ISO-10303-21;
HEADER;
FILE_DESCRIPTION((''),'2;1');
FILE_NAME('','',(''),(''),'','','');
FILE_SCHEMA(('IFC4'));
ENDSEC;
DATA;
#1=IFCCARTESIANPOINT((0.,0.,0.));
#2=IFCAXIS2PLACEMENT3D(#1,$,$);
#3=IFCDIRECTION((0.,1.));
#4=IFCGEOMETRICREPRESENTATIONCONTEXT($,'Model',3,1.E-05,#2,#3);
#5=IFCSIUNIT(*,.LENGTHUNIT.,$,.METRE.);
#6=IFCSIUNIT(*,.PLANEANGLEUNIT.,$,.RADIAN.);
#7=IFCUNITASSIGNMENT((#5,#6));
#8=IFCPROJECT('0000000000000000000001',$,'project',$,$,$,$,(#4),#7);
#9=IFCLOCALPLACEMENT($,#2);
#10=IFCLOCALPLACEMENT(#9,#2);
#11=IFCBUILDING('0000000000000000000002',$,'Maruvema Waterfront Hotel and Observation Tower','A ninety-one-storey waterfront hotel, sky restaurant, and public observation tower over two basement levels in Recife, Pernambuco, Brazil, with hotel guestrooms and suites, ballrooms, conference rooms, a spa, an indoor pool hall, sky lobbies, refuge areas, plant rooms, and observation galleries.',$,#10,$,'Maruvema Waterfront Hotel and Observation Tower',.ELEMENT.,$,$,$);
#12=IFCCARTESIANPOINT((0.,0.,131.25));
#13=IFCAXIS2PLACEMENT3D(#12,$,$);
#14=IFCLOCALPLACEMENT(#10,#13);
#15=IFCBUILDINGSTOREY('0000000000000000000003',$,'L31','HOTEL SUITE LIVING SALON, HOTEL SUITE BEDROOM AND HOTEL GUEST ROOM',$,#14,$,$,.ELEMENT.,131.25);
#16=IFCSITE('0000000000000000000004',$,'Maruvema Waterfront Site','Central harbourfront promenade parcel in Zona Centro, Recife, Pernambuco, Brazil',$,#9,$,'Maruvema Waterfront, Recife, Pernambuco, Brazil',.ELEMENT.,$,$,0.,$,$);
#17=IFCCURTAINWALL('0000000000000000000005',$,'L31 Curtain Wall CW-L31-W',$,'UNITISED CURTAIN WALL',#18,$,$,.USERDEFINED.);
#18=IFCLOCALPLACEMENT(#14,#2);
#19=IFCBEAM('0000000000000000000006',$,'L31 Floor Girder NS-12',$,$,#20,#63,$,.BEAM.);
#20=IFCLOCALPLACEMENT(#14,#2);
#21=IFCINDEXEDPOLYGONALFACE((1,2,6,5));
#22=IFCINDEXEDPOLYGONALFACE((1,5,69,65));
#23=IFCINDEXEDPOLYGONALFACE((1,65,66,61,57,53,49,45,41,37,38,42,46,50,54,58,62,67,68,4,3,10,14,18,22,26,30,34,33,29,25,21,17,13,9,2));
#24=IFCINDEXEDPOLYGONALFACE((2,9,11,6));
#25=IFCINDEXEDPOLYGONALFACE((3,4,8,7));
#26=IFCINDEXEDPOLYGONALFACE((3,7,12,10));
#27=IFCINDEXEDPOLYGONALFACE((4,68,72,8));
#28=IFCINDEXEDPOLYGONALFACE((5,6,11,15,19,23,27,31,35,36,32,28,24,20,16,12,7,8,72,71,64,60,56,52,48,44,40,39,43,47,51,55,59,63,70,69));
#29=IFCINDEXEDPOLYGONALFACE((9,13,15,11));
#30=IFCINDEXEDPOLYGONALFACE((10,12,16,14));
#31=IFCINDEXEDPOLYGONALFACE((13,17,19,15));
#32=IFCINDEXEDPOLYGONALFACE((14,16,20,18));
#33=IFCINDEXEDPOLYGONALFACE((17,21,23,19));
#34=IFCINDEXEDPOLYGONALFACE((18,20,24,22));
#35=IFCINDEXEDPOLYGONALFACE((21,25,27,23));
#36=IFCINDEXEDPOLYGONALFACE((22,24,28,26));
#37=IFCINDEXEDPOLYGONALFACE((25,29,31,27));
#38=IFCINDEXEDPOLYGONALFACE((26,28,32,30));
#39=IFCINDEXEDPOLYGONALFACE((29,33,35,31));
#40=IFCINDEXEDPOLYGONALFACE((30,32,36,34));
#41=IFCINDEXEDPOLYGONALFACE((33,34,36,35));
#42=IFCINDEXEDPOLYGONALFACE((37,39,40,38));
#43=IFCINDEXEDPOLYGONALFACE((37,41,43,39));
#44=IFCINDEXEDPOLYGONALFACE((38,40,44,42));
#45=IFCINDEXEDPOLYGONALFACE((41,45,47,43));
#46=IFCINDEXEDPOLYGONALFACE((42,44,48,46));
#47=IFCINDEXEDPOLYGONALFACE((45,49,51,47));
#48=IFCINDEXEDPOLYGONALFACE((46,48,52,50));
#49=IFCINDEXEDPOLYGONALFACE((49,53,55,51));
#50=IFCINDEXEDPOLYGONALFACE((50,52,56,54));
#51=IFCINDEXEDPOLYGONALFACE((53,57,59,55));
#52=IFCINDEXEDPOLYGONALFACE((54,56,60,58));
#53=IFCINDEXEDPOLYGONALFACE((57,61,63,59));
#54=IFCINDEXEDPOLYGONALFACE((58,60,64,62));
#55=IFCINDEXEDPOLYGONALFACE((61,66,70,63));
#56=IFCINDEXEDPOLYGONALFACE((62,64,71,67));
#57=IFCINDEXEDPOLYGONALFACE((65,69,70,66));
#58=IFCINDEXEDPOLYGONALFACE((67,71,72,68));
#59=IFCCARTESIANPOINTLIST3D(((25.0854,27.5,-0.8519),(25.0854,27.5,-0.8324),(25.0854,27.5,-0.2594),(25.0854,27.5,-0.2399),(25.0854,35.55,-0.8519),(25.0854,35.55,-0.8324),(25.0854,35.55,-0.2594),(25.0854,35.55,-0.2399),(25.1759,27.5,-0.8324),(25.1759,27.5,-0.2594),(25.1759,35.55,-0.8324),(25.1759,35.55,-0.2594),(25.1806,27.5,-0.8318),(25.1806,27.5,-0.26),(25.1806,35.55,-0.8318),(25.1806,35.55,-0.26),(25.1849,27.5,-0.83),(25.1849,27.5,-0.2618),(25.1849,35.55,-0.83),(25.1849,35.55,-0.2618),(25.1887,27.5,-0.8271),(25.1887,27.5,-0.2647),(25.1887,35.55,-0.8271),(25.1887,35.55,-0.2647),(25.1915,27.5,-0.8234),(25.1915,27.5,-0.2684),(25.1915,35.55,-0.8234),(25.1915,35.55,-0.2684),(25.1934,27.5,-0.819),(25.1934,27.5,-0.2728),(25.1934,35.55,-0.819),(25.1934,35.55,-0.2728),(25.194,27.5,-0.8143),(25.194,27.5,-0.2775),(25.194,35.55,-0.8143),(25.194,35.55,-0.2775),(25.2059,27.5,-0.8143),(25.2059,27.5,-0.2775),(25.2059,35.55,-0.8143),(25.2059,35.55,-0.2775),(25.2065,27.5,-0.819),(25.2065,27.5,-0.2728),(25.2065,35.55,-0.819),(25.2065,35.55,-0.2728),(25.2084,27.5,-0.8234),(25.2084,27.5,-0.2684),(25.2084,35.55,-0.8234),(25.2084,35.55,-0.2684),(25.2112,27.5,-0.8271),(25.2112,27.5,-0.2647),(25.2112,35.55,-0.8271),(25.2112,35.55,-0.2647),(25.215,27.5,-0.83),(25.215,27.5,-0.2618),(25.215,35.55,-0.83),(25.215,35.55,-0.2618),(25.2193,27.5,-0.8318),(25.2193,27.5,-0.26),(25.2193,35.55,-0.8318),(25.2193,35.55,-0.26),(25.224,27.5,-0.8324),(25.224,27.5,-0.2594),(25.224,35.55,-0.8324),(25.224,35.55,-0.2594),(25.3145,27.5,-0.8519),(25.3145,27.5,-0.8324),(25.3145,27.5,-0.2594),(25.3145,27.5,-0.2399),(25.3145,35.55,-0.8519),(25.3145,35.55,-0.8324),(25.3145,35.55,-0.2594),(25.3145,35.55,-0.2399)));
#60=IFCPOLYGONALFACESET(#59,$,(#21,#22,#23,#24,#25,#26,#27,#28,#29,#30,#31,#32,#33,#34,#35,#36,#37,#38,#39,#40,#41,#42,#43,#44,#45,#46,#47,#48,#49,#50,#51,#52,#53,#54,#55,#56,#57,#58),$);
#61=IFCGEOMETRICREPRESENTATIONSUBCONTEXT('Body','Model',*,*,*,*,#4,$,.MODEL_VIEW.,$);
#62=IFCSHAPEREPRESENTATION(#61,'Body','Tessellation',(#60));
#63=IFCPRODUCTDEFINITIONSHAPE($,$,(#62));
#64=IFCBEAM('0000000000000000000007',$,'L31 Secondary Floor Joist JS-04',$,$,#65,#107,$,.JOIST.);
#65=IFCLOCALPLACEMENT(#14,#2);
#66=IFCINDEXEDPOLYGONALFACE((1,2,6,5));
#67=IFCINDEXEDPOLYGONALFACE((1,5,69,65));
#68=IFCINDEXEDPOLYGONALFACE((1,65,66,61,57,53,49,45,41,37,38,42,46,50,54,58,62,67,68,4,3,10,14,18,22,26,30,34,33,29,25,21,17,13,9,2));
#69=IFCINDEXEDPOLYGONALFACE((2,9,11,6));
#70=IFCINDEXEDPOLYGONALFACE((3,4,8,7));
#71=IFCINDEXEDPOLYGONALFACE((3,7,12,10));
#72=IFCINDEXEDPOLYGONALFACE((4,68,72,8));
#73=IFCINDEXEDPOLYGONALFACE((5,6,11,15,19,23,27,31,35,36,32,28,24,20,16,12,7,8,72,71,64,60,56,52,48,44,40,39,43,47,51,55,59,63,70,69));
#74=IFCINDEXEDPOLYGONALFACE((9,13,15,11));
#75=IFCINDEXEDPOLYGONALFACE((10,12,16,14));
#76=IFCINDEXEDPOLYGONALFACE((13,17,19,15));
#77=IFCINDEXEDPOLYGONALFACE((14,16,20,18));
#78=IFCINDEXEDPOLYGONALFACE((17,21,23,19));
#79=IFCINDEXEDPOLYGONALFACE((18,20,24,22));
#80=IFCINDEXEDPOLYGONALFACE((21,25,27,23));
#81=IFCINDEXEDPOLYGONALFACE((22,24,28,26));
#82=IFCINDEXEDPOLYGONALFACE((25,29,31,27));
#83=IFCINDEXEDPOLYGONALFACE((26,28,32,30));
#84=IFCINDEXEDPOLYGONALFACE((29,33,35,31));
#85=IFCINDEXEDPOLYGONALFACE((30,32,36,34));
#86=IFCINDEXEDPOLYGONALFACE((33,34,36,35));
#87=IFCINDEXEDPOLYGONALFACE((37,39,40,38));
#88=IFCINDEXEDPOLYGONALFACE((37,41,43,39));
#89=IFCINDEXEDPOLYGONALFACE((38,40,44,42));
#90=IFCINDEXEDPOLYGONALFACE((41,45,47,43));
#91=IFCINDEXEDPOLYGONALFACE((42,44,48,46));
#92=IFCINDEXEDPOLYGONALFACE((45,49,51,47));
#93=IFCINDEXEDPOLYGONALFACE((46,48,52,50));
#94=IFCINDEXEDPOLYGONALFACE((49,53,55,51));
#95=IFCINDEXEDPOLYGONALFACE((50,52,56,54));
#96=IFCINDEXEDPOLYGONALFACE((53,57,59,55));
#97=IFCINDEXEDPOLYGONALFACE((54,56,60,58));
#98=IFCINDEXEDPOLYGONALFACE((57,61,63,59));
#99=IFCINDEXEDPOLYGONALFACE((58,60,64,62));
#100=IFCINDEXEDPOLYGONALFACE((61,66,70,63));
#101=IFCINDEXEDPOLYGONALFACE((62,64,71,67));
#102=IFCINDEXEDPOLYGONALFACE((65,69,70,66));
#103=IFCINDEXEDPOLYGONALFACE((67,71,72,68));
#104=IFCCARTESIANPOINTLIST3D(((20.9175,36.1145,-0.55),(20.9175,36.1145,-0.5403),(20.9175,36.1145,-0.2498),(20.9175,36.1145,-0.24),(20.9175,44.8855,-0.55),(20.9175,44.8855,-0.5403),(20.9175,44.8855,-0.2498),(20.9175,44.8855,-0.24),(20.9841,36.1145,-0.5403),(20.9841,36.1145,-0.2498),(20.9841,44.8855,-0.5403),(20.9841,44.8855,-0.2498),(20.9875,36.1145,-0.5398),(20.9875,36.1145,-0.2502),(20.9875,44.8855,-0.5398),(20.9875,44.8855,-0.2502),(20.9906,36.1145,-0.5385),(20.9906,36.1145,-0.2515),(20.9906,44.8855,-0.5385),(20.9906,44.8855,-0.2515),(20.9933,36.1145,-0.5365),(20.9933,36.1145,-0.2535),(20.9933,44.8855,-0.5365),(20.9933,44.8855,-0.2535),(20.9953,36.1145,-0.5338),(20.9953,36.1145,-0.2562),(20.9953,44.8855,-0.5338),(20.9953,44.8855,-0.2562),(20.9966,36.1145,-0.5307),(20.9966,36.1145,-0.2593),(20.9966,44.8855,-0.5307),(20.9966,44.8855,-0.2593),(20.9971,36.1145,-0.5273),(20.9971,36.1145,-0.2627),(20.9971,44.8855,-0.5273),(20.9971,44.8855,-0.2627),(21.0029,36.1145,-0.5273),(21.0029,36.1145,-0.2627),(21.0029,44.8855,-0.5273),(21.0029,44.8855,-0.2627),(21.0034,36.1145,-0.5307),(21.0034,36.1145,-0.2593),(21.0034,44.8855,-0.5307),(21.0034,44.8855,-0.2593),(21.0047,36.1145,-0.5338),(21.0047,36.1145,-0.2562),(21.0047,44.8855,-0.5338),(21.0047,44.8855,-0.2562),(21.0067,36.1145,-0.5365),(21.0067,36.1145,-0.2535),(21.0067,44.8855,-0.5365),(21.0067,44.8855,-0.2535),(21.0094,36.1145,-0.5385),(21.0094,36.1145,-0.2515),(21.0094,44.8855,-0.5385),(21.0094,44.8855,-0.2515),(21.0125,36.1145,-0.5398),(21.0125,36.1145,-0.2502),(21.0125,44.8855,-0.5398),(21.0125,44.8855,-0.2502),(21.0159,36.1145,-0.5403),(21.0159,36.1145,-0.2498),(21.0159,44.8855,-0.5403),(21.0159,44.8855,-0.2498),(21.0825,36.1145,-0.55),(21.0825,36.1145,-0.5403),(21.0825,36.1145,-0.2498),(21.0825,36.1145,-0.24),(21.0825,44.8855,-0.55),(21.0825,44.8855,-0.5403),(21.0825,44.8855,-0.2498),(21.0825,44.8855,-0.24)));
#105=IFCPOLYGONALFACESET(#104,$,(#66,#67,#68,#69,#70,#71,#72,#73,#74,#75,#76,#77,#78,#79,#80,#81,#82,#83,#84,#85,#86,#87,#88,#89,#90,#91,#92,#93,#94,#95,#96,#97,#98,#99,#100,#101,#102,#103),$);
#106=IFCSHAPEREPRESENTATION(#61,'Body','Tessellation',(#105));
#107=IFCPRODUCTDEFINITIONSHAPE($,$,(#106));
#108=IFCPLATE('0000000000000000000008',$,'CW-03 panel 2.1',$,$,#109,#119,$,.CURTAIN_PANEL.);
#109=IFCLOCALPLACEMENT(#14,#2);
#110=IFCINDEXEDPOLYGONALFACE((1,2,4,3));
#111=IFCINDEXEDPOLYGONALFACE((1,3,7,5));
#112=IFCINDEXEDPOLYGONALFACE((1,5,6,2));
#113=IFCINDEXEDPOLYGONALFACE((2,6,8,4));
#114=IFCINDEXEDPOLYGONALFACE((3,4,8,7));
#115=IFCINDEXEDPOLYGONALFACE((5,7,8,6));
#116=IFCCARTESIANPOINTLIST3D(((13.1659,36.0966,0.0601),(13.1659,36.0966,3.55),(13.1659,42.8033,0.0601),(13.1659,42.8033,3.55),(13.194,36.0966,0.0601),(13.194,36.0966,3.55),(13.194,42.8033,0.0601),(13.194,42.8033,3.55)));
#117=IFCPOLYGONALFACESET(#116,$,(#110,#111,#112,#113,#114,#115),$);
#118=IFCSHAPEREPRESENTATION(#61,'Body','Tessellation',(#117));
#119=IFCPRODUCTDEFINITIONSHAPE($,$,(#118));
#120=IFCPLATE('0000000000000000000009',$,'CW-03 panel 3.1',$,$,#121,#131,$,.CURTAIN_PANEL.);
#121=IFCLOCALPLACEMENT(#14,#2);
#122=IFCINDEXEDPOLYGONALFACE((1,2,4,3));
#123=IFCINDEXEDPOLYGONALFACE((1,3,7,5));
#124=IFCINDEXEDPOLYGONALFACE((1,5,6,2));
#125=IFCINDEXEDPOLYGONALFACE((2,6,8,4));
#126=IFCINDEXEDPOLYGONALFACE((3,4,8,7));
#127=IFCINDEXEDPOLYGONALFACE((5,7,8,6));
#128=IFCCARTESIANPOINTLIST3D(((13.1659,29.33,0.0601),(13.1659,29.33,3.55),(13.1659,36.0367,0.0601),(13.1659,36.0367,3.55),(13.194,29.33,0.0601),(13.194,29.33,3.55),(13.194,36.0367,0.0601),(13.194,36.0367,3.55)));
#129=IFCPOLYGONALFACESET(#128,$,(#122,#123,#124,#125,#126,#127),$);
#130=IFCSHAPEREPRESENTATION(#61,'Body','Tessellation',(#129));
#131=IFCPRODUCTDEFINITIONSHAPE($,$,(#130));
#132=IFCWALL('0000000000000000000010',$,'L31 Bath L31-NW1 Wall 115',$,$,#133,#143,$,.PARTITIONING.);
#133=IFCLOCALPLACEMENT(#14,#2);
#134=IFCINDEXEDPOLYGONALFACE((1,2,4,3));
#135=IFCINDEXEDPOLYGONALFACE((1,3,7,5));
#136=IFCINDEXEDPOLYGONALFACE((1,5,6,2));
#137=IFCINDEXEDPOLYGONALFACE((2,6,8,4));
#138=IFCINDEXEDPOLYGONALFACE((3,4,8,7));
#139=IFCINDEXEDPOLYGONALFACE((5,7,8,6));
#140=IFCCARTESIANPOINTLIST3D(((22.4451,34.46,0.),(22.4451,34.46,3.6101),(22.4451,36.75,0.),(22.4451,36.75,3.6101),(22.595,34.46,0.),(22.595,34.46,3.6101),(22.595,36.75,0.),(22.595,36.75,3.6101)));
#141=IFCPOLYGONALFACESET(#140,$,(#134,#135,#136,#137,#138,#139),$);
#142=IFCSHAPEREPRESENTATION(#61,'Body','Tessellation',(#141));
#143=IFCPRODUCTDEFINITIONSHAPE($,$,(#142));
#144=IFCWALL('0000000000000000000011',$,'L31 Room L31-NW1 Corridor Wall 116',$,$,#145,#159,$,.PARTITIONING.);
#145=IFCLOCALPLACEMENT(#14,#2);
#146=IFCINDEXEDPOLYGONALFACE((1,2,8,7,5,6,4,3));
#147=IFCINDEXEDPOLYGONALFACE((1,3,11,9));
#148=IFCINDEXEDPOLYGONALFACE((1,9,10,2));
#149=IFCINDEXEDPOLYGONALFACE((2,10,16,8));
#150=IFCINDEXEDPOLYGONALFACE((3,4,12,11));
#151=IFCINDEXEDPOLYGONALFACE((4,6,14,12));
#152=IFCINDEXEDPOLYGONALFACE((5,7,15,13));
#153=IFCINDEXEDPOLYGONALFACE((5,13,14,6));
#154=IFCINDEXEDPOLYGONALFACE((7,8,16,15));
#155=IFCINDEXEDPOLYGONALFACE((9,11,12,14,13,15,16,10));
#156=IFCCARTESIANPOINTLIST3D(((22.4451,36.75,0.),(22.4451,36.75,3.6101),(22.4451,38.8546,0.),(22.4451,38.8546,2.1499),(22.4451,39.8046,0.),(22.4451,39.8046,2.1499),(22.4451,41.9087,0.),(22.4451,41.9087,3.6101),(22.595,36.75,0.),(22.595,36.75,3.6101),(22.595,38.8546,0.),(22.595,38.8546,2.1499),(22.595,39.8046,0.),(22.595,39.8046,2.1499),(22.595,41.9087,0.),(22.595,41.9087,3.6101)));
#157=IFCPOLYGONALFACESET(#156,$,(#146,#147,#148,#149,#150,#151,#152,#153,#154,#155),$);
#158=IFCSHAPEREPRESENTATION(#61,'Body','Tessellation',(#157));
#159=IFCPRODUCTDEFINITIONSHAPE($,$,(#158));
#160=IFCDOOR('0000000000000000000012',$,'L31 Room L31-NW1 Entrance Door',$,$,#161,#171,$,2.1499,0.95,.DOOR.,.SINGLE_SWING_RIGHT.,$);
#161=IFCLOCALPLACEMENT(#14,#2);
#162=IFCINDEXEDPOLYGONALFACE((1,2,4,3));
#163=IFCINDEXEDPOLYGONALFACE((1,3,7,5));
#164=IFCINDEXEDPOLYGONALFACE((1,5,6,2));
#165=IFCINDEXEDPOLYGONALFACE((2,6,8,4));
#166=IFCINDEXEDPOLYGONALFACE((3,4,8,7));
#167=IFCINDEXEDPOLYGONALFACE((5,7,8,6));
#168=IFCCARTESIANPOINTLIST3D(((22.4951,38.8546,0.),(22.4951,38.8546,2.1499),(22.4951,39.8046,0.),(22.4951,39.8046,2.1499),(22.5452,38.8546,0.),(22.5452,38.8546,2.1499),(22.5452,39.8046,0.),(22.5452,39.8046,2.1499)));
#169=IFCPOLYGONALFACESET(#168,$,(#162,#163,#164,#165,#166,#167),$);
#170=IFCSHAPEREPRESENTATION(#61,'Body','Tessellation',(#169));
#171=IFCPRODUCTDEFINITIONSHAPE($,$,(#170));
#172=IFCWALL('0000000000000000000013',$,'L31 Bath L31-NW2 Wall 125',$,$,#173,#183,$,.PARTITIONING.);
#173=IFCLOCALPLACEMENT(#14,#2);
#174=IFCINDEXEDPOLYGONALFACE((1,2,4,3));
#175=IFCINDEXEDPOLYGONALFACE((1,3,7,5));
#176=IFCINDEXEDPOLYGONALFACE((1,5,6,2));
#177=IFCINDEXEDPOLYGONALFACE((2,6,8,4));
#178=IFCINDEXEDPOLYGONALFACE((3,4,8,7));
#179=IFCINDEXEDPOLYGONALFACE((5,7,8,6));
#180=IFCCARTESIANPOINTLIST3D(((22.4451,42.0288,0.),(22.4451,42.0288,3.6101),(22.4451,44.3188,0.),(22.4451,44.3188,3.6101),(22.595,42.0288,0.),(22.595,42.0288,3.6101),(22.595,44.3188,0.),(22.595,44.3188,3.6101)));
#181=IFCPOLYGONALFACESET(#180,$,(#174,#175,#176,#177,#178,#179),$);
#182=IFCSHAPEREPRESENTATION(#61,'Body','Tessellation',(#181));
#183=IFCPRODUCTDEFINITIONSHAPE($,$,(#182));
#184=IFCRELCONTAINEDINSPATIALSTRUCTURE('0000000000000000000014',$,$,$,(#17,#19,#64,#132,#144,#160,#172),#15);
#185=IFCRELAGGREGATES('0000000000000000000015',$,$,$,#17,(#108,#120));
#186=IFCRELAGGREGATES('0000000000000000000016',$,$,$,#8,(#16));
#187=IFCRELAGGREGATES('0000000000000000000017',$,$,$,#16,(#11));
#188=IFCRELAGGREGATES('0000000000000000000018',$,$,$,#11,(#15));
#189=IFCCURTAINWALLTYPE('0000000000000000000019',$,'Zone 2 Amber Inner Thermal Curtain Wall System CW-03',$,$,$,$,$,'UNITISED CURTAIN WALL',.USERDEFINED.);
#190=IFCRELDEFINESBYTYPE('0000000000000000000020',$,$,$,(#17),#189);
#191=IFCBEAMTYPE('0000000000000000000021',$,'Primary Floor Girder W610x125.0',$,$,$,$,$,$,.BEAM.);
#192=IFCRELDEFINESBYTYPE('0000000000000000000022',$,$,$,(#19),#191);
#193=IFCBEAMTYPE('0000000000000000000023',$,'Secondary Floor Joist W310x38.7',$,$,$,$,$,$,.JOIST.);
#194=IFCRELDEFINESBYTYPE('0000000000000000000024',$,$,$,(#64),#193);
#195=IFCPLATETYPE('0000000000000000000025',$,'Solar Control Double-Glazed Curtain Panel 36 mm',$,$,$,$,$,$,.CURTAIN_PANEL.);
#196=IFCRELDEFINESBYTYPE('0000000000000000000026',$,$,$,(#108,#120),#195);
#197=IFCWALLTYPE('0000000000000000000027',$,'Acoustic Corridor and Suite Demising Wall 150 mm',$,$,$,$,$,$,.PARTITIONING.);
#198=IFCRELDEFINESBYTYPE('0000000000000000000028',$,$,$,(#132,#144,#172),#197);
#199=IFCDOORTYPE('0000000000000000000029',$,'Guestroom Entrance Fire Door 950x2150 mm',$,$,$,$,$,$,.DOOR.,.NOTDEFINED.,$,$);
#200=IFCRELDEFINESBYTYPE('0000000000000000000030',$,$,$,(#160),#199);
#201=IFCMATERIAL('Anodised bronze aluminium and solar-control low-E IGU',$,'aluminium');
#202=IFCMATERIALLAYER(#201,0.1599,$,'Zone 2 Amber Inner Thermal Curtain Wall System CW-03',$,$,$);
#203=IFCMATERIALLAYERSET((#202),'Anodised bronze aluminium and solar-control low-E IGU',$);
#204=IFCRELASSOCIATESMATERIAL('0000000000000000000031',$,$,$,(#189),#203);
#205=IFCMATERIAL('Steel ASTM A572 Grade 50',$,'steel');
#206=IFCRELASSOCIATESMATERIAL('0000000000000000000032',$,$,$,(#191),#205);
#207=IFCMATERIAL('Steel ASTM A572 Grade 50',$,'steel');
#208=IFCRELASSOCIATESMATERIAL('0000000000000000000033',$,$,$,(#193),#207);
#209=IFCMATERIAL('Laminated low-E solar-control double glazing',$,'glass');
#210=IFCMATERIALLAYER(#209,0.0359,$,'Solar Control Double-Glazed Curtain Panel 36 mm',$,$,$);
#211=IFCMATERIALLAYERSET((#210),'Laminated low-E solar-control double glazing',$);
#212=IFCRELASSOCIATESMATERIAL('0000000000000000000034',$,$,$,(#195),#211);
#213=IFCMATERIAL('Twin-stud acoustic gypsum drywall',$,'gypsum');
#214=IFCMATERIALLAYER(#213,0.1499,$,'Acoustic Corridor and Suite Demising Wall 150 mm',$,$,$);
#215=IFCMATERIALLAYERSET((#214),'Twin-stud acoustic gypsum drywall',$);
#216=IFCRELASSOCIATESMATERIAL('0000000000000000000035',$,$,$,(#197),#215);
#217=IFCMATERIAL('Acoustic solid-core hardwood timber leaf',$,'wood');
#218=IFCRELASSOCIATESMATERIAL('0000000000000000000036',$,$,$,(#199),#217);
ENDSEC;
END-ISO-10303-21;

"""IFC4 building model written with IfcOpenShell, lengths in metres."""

from ifc_helpers import new_model, si_unit, direction, frame, frame_2d, origin, origin_2d, place, context, subcontext, project, spatial, rectangle, i_section, extrude, material, layer, layer_set, material_profile, profile_set, type_object, element, fill, aggregate, save


model = new_model("IFC4")

# Units and contexts
model_context = context("Model", 3, precision=1e-05, world=origin(), true_north=direction((0.0, 1.0)))
body_context = subcontext(model_context, "Body", "Model", "MODEL_VIEW")
ifc_project = project(units=[si_unit("LENGTHUNIT", "METRE"), si_unit("PLANEANGLEUNIT", "RADIAN")], contexts=[model_context])

# Site, building, storey
site_placement = place(None, origin())
site = spatial("IfcSite", under=ifc_project, at=site_placement, Name="Maruvema Waterfront Site", Description="Central harbourfront promenade parcel in Zona Centro, Recife, Pernambuco, Brazil", LongName="Maruvema Waterfront, Recife, Pernambuco, Brazil", CompositionType="ELEMENT", RefElevation=0.0)
building_placement = place(site_placement, origin())
building = spatial("IfcBuilding", under=site, at=building_placement, Name="Maruvema Waterfront Hotel and Observation Tower", Description="A ninety-one-storey waterfront hotel, sky restaurant, and public observation tower over two basement levels in Recife, Pernambuco, Brazil, with hotel guestrooms and suites, ballrooms, conference rooms, a spa, an indoor pool hall, sky lobbies, refuge areas, plant rooms, and observation galleries.", LongName="Maruvema Waterfront Hotel and Observation Tower", CompositionType="ELEMENT")
storey_placement = place(building_placement, frame((0.0, 0.0, 131.25)))
storey = spatial("IfcBuildingStorey", under=building, at=storey_placement, Name="L31", Description="HOTEL SUITE LIVING SALON, HOTEL SUITE BEDROOM AND HOTEL GUEST ROOM", CompositionType="ELEMENT", Elevation=131.25)

# Curtain wall
ifc_material_1 = material(Name="Anodised bronze aluminium and solar-control low-E IGU", Category="aluminium")
ifc_layer_1 = layer(ifc_material_1, 0.1599, Name="Zone 2 Amber Inner Thermal Curtain Wall System CW-03")
ifc_layer_set_1 = layer_set([ifc_layer_1], Name="Anodised bronze aluminium and solar-control low-E IGU")
curtain_wall_type = type_object("IfcCurtainWallType", Name="Zone 2 Amber Inner Thermal Curtain Wall System CW-03", ElementType="UNITISED CURTAIN WALL", PredefinedType="USERDEFINED", material=ifc_layer_set_1)
curtain_wall_placement = place(storey_placement, origin())
curtain_wall = element("IfcCurtainWall", 1, at=curtain_wall_placement, inside=storey, type_object=curtain_wall_type, Name="L31 Curtain Wall CW-L31-W", ObjectType="UNITISED CURTAIN WALL", PredefinedType="USERDEFINED")

# Beams
ifc_material_2 = material(Name="Steel ASTM A572 Grade 50", Category="steel")
ifc_material_profile_1 = material_profile(ifc_material_2, i_section(OverallWidth=0.229, OverallDepth=0.6121, WebThickness=0.012, FlangeThickness=0.0195, FilletRadius=0.0181, at=origin_2d()), Name="W610x125.0")
ifc_profile_set_1 = profile_set([ifc_material_profile_1], Name="Steel ASTM A572 Grade 50")
beam_type_1 = type_object("IfcBeamType", Name="Primary Floor Girder W610x125.0", PredefinedType="BEAM", material=ifc_profile_set_1)
beam_1_placement = place(storey_placement, frame((25.2, 27.5, -0.5459), z_axis=(0.0, 1.0, 0.0), x_axis=(-1.0, 0.0, 0.0)))
element("IfcBeam", 2, at=beam_1_placement, inside=storey, type_object=beam_type_1, Name="L31 Floor Girder NS-12", PredefinedType="BEAM", context=body_context, shape_type="SweptSolid", body=[
    extrude(i_section(OverallWidth=0.229, OverallDepth=0.6121, WebThickness=0.012, FlangeThickness=0.0195, FilletRadius=0.0181, at=origin_2d()), origin(), (0.0, 0.0, 1.0), 8.05),
])
ifc_material_3 = material(Name="Steel ASTM A572 Grade 50", Category="steel")
ifc_material_profile_2 = material_profile(ifc_material_3, i_section(OverallWidth=0.165, OverallDepth=0.3101, WebThickness=0.0059, FlangeThickness=0.0098, FilletRadius=0.0129, at=origin_2d()), Name="W310x38.7")
ifc_profile_set_2 = profile_set([ifc_material_profile_2], Name="Steel ASTM A572 Grade 50")
beam_type_2 = type_object("IfcBeamType", Name="Secondary Floor Joist W310x38.7", PredefinedType="JOIST", material=ifc_profile_set_2)
beam_2_placement = place(storey_placement, frame((21.0, 36.1145, -0.395), z_axis=(0.0, 1.0, 0.0), x_axis=(-1.0, 0.0, 0.0)))
element("IfcBeam", 3, at=beam_2_placement, inside=storey, type_object=beam_type_2, Name="L31 Secondary Floor Joist JS-04", PredefinedType="JOIST", context=body_context, shape_type="SweptSolid", body=[
    extrude(i_section(OverallWidth=0.165, OverallDepth=0.3101, WebThickness=0.0059, FlangeThickness=0.0098, FilletRadius=0.0129, at=origin_2d()), origin(), (0.0, 0.0, 1.0), 8.771),
])

# Plates
ifc_material_4 = material(Name="Laminated low-E solar-control double glazing", Category="glass")
ifc_layer_2 = layer(ifc_material_4, 0.0359, Name="Solar Control Double-Glazed Curtain Panel 36 mm")
ifc_layer_set_2 = layer_set([ifc_layer_2], Name="Laminated low-E solar-control double glazing")
plate_type = type_object("IfcPlateType", Name="Solar Control Double-Glazed Curtain Panel 36 mm", PredefinedType="CURTAIN_PANEL", material=ifc_layer_set_2)
plate_1_placement = place(storey_placement, frame((13.1799, 39.45, 0.0601), z_axis=(0.0, 0.0, 1.0), x_axis=(0.0, -1.0, 0.0)))
plate_1 = element("IfcPlate", 4, at=plate_1_placement, type_object=plate_type, Name="CW-03 panel 2.1", PredefinedType="CURTAIN_PANEL", context=body_context, shape_type="SweptSolid", body=[
    extrude(rectangle(XDim=6.7068, YDim=0.0281, at=origin_2d()), origin(), (0.0, 0.0, 1.0), 3.49),
])
plate_2_placement = place(storey_placement, frame((13.1799, 32.6833, 0.0601), z_axis=(0.0, 0.0, 1.0), x_axis=(0.0, -1.0, 0.0)))
plate_2 = element("IfcPlate", 5, at=plate_2_placement, type_object=plate_type, Name="CW-03 panel 3.1", PredefinedType="CURTAIN_PANEL", context=body_context, shape_type="SweptSolid", body=[
    extrude(rectangle(XDim=6.7068, YDim=0.0281, at=origin_2d()), origin(), (0.0, 0.0, 1.0), 3.49),
])
aggregate(curtain_wall, [plate_1, plate_2])

# Wall
ifc_material_5 = material(Name="Twin-stud acoustic gypsum drywall", Category="gypsum")
ifc_layer_3 = layer(ifc_material_5, 0.1499, Name="Acoustic Corridor and Suite Demising Wall 150 mm")
ifc_layer_set_3 = layer_set([ifc_layer_3], Name="Twin-stud acoustic gypsum drywall")
wall_type_1 = type_object("IfcWallType", Name="Acoustic Corridor and Suite Demising Wall 150 mm", PredefinedType="PARTITIONING", material=ifc_layer_set_3)
wall_1_placement = place(storey_placement, frame((22.52, 34.46, 0.0), z_axis=(0.0, 0.0, 1.0), x_axis=(0.0, 1.0, 0.0)))
element("IfcWall", 6, at=wall_1_placement, inside=storey, type_object=wall_type_1, Name="L31 Bath L31-NW1 Wall 115", PredefinedType="PARTITIONING", context=body_context, shape_type="SweptSolid", body=[
    extrude(rectangle(XDim=2.29, YDim=0.1499, at=frame_2d((1.145, 0.0))), origin(), (0.0, 0.0, 1.0), 3.6101),
])

# Wall, opening, door
wall_2_placement = place(storey_placement, frame((22.52, 36.75, 0.0), z_axis=(0.0, 0.0, 1.0), x_axis=(0.0, 1.0, 0.0)))
wall_2 = element("IfcWall", 7, at=wall_2_placement, inside=storey, type_object=wall_type_1, Name="L31 Room L31-NW1 Corridor Wall 116", PredefinedType="PARTITIONING", context=body_context, shape_type="SweptSolid", body=[
    extrude(rectangle(XDim=5.1587, YDim=0.1499, at=frame_2d((2.5793, 0.0))), origin(), (0.0, 0.0, 1.0), 3.6101),
])
opening_1_placement = place(wall_2_placement, frame((2.1045, 0.0, 0.0)))
opening_1 = element("IfcOpeningElement", 8, at=opening_1_placement, cuts=wall_2, PredefinedType="OPENING", context=body_context, shape_type="SweptSolid", body=[
    extrude(rectangle(XDim=0.95, YDim=2.1499, at=frame_2d((0.4751, 1.075))), frame((0.0, 0.085, 0.0), z_axis=(0.0, -1.0, 0.0), x_axis=(1.0, 0.0, 0.0)), (0.0, 0.0, 1.0), 0.1699),
])
ifc_material_6 = material(Name="Acoustic solid-core hardwood timber leaf", Category="wood")
door_type_1 = type_object("IfcDoorType", Name="Guestroom Entrance Fire Door 950x2150 mm", OperationType="NOTDEFINED", PredefinedType="DOOR", material=ifc_material_6)
door_1_placement = place(opening_1_placement, origin())
door_1 = element("IfcDoor", 9, at=door_1_placement, inside=storey, type_object=door_type_1, Name="L31 Room L31-NW1 Entrance Door", OperationType="SINGLE_SWING_RIGHT", OverallHeight=2.1499, OverallWidth=0.95, PredefinedType="DOOR", context=body_context, shape_type="SweptSolid", body=[
    extrude(rectangle(XDim=0.95, YDim=2.1499, at=frame_2d((0.4751, 1.075))), frame((0.0, 0.0249, 0.0), z_axis=(0.0, -1.0, 0.0), x_axis=(1.0, 0.0, 0.0)), (0.0, 0.0, 1.0), 0.05),
])
fill(opening_1, door_1)

# Wall
wall_3_placement = place(storey_placement, frame((22.52, 42.0288, 0.0), z_axis=(0.0, 0.0, 1.0), x_axis=(0.0, 1.0, 0.0)))
element("IfcWall", 10, at=wall_3_placement, inside=storey, type_object=wall_type_1, Name="L31 Bath L31-NW2 Wall 125", PredefinedType="PARTITIONING", context=body_context, shape_type="SweptSolid", body=[
    extrude(rectangle(XDim=2.29, YDim=0.1499, at=frame_2d((1.145, 0.0))), origin(), (0.0, 0.0, 1.0), 3.6101),
])

save(model, "model.ifc")
